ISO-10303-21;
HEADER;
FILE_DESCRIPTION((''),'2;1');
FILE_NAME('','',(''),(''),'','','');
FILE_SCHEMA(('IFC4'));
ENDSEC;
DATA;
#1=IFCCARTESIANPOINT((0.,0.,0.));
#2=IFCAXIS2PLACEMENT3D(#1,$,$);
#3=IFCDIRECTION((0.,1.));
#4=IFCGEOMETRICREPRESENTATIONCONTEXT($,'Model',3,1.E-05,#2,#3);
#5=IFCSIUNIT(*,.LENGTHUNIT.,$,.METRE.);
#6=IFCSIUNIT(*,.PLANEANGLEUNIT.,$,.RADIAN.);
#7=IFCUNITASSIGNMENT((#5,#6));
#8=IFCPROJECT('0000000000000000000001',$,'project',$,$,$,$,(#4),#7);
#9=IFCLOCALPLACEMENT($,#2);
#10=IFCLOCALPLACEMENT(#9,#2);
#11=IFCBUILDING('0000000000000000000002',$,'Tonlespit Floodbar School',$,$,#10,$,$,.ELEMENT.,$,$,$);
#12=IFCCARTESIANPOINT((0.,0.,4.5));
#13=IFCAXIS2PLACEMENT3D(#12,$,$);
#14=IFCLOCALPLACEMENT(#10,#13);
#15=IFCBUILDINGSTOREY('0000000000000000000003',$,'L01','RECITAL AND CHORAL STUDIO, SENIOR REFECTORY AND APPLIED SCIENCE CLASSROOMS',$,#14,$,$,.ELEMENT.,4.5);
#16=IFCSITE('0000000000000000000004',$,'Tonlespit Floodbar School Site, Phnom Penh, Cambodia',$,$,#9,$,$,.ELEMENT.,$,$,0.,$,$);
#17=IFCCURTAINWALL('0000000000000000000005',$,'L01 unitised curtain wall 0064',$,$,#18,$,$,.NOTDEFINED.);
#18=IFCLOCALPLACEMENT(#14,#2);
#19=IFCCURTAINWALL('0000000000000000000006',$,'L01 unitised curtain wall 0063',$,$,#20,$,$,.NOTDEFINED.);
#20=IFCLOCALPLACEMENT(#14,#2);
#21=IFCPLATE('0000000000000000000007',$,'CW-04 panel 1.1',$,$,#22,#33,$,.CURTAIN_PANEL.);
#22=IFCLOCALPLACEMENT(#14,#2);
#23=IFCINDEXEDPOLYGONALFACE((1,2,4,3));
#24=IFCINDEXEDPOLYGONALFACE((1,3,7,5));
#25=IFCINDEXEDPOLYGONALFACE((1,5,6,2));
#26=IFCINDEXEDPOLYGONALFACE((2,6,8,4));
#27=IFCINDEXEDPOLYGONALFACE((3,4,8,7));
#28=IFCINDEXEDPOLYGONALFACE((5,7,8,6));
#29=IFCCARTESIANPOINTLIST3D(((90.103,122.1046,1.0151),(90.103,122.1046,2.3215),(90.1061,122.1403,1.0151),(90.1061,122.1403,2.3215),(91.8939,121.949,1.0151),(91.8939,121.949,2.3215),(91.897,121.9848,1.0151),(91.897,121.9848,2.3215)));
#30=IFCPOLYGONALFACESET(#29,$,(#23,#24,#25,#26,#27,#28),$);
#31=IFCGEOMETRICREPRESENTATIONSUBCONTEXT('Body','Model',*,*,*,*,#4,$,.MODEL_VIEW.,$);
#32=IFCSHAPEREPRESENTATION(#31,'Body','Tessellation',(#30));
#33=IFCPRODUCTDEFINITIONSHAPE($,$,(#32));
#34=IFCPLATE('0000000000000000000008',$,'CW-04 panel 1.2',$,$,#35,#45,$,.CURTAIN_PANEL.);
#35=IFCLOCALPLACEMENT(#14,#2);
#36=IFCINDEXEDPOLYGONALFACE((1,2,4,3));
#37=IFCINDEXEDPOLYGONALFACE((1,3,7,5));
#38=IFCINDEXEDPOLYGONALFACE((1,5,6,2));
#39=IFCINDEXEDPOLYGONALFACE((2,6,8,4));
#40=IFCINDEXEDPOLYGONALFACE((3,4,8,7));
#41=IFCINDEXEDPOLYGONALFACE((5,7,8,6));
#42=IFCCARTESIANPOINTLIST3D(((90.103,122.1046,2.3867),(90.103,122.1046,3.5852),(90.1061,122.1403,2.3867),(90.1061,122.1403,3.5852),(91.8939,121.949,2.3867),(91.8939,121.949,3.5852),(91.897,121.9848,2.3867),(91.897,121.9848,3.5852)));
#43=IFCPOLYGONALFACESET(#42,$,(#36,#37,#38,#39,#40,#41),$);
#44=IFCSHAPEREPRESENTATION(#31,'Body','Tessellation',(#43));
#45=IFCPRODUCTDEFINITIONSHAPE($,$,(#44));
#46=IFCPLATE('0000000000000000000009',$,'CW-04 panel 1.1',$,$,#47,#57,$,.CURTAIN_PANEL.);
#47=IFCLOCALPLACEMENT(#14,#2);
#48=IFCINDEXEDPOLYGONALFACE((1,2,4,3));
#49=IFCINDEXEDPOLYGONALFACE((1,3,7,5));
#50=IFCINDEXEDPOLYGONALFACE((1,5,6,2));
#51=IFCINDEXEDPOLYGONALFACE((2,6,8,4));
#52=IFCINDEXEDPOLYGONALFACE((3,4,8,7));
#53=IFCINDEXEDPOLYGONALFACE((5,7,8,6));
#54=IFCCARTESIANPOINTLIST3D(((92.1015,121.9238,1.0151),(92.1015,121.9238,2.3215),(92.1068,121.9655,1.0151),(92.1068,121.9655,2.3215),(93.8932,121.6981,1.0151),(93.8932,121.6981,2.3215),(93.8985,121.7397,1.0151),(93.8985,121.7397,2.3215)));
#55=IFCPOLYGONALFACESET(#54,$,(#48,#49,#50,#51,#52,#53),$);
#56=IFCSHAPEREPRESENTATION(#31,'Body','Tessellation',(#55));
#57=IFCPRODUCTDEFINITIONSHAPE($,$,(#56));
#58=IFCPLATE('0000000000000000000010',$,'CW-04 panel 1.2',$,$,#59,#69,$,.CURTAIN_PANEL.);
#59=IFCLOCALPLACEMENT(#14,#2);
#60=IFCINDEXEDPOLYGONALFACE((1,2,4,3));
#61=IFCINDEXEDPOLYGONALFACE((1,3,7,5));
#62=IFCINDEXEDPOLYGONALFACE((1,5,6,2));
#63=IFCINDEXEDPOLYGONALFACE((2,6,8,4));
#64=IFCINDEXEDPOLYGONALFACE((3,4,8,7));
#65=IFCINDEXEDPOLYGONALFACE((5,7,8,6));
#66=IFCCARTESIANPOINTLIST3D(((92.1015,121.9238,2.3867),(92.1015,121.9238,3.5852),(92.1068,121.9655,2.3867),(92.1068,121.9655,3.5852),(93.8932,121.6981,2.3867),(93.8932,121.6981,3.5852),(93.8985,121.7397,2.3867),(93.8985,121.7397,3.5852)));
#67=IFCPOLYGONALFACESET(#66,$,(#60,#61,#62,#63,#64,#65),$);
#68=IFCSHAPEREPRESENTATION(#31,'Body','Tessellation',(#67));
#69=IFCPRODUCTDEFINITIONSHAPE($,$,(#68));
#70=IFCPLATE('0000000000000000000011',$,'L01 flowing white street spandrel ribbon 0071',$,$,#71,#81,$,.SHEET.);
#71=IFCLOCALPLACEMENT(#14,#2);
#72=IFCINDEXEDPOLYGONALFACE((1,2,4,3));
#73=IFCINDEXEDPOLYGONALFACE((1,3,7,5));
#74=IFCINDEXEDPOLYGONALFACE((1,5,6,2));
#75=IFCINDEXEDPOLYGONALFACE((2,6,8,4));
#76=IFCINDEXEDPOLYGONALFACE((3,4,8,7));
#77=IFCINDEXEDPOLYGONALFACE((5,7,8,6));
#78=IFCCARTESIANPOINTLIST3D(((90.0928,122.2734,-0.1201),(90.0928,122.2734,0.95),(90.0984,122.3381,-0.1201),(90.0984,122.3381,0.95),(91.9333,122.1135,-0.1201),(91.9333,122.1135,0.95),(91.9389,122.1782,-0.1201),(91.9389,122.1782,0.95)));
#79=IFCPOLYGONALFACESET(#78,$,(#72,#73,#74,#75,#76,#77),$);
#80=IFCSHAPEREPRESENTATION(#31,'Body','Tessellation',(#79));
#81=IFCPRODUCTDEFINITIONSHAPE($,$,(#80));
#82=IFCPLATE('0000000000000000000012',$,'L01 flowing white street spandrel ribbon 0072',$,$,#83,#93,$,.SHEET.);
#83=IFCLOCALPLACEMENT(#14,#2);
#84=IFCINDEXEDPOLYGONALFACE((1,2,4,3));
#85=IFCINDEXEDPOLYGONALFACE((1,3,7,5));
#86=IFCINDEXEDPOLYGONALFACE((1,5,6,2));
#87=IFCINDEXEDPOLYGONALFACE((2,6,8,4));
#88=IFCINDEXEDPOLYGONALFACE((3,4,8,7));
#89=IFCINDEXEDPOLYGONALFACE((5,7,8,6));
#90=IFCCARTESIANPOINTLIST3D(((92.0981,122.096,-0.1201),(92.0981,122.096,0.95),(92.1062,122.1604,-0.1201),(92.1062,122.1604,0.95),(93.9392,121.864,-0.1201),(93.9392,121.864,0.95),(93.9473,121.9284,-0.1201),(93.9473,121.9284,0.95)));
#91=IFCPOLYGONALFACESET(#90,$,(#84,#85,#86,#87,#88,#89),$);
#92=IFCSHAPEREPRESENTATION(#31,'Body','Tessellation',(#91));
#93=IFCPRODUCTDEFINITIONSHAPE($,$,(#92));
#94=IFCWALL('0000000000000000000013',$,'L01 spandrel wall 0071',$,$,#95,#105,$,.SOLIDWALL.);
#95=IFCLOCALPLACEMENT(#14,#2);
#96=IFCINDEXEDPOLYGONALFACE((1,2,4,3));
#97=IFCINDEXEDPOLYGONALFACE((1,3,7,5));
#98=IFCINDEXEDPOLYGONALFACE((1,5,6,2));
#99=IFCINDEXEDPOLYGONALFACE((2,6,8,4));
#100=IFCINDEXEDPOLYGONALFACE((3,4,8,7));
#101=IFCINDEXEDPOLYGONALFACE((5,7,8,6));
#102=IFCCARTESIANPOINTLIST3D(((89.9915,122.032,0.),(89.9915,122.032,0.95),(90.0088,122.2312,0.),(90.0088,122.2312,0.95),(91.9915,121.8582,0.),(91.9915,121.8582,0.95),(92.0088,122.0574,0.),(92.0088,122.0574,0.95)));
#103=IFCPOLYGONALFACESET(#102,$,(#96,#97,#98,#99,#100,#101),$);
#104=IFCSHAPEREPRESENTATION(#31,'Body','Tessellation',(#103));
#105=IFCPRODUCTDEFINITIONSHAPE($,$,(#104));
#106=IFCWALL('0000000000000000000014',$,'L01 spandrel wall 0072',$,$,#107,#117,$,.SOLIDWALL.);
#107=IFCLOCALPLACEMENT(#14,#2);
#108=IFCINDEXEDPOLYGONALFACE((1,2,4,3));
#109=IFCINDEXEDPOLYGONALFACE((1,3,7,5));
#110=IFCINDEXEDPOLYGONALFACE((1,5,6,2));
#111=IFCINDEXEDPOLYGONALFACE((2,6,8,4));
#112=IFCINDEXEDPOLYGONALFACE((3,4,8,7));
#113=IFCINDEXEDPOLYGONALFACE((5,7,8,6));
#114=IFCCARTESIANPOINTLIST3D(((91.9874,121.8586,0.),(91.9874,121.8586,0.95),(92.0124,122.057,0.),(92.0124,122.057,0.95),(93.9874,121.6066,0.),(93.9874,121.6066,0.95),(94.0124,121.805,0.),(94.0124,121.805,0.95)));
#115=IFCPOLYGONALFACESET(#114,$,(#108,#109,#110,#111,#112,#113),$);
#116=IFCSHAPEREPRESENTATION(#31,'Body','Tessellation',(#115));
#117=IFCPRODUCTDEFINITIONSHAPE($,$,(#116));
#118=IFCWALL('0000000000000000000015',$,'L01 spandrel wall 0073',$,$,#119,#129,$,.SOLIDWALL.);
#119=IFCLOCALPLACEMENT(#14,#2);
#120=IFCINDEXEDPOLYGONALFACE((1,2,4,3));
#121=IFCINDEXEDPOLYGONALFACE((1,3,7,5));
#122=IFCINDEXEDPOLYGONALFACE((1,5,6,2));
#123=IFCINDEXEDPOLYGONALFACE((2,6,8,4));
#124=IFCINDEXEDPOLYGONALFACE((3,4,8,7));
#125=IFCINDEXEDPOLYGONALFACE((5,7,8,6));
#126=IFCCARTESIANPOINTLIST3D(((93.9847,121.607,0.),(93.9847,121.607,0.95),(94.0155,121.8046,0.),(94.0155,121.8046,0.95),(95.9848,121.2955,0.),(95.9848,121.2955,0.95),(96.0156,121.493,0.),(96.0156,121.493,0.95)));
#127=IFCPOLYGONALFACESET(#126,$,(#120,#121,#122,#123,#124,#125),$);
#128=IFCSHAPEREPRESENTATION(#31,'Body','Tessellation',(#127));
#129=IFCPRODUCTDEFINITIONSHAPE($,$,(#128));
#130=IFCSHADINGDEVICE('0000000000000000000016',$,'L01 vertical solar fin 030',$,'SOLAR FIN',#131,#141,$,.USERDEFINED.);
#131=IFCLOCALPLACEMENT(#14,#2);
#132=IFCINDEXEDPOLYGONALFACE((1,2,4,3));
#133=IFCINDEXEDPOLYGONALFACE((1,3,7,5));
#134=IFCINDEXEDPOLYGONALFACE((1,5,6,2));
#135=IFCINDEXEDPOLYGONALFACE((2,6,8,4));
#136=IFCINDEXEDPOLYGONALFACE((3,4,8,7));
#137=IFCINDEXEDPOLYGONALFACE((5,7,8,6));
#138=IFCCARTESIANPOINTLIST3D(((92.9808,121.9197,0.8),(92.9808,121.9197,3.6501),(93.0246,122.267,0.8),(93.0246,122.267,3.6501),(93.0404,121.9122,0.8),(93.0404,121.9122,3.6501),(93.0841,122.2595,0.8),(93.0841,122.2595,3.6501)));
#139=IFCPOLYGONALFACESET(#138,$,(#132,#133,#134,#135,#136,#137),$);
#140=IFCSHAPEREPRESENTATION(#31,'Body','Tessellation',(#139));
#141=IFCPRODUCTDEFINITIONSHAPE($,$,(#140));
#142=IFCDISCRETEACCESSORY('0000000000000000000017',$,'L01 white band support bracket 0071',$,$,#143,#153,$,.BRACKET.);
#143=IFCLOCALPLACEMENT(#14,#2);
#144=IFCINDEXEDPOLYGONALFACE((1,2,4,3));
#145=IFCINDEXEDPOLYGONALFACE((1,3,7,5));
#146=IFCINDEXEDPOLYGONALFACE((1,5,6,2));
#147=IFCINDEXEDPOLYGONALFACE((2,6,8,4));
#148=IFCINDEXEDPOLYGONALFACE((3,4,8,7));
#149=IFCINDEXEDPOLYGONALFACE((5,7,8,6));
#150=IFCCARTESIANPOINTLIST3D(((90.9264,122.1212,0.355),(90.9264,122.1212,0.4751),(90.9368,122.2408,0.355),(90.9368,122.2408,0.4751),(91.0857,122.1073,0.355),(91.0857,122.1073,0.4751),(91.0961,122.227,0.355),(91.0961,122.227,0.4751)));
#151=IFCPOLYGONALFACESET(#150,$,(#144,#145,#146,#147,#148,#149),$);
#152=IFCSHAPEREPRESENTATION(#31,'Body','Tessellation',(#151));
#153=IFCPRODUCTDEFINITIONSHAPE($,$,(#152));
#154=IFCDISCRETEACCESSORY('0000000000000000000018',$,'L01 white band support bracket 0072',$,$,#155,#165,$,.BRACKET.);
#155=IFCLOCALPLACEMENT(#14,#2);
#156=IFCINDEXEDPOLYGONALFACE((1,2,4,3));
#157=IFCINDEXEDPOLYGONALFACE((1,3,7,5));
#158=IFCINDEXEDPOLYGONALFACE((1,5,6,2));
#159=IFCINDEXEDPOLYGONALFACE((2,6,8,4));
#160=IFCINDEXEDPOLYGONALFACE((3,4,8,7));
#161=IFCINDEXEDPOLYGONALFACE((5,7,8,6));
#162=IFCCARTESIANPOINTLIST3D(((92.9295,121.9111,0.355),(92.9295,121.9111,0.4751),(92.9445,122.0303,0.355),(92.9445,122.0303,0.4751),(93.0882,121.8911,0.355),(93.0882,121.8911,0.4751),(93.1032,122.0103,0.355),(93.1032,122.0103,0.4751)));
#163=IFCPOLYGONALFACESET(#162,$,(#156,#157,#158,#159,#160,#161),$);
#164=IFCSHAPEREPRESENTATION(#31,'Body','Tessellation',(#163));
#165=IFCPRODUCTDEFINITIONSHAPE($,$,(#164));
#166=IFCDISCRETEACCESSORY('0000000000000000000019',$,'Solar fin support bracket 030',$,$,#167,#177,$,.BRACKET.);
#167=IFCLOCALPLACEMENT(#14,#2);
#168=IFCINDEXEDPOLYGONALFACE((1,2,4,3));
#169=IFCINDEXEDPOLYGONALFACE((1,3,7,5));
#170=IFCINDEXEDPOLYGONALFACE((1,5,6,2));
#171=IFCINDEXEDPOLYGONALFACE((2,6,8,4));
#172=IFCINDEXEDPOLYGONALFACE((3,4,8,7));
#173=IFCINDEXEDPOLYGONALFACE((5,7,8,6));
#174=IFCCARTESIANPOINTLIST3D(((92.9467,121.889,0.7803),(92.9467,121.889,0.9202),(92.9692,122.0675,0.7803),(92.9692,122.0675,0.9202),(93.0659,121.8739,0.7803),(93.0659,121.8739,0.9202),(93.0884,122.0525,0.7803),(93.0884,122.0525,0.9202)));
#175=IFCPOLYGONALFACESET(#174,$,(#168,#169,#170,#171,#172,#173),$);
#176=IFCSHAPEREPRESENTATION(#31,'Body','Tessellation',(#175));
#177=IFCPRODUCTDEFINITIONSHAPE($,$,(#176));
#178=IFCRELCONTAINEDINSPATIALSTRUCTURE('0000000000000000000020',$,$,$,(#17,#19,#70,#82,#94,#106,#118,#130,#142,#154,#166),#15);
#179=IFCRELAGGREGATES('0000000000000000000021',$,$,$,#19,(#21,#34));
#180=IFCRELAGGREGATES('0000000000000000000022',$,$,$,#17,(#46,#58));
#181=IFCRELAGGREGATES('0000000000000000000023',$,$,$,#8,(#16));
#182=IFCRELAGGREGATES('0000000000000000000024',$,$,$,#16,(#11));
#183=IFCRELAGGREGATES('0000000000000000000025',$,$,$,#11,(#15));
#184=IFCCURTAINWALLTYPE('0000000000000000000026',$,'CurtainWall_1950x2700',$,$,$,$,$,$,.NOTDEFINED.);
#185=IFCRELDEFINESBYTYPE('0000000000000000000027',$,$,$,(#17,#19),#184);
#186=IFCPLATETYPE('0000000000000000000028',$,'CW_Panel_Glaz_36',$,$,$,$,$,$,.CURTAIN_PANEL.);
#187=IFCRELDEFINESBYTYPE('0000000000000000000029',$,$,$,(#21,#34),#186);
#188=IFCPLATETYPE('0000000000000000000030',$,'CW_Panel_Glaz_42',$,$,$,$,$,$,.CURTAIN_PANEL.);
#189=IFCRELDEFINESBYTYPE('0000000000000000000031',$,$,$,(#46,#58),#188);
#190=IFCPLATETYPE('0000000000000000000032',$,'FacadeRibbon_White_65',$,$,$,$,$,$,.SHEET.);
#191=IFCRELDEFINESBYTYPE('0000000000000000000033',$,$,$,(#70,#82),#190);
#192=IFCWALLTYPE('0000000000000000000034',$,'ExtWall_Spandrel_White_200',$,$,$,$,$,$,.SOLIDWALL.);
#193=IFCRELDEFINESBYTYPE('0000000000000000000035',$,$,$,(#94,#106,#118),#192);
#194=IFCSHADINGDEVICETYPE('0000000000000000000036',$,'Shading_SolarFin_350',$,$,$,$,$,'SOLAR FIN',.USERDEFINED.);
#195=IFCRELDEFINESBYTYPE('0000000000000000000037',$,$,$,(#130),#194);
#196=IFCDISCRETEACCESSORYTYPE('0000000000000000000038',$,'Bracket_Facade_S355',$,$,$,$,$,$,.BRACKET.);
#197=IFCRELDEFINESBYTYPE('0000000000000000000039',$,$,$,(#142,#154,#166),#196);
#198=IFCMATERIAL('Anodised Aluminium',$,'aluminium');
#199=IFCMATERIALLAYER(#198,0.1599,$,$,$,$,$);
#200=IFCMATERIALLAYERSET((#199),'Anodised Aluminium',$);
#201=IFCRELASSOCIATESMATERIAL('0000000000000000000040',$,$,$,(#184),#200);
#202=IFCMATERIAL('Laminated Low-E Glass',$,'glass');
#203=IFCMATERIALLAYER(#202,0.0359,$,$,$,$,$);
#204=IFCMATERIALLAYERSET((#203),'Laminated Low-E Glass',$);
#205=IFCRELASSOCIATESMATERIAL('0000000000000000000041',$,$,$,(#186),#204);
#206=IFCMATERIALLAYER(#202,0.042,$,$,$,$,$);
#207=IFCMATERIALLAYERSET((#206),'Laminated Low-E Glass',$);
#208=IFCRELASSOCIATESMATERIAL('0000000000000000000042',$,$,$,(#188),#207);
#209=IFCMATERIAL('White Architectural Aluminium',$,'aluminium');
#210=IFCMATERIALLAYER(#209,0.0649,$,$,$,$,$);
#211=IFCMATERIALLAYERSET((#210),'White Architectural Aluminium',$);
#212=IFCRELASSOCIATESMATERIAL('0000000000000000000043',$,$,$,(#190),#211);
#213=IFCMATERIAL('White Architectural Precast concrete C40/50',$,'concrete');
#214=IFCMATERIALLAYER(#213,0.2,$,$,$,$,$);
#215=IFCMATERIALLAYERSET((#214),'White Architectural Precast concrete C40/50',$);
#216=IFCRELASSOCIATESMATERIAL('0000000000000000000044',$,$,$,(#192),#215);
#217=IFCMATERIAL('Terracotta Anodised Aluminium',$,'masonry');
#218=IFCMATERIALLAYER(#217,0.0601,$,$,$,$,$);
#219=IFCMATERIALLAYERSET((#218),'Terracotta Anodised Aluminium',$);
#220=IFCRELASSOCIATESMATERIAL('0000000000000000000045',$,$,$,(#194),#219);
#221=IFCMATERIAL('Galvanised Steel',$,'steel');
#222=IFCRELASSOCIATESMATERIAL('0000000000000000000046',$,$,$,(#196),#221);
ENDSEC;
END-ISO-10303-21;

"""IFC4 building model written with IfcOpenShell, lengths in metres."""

from ifc_helpers import new_model, si_unit, direction, frame, frame_2d, origin, origin_2d, place, context, subcontext, project, spatial, rectangle, extrude, material, layer, layer_set, type_object, element, aggregate, save


model = new_model("IFC4")

# Units and contexts
model_context = context("Model", 3, precision=1e-05, world=origin(), true_north=direction((0.0, 1.0)))
body_context = subcontext(model_context, "Body", "Model", "MODEL_VIEW")
ifc_project = project(units=[si_unit("LENGTHUNIT", "METRE"), si_unit("PLANEANGLEUNIT", "RADIAN")], contexts=[model_context])

# Site, building, storey
site_placement = place(None, origin())
site = spatial("IfcSite", under=ifc_project, at=site_placement, Name="Tonlespit Floodbar School Site, Phnom Penh, Cambodia", CompositionType="ELEMENT", RefElevation=0.0)
building_placement = place(site_placement, origin())
building = spatial("IfcBuilding", under=site, at=building_placement, Name="Tonlespit Floodbar School", CompositionType="ELEMENT")
storey_placement = place(building_placement, frame((0.0, 0.0, 4.5)))
storey = spatial("IfcBuildingStorey", under=building, at=storey_placement, Name="L01", Description="RECITAL AND CHORAL STUDIO, SENIOR REFECTORY AND APPLIED SCIENCE CLASSROOMS", CompositionType="ELEMENT", Elevation=4.5)

# Shared definitions
ifc_material_1 = material(Name="Anodised Aluminium", Category="aluminium")

# Curtain walls
ifc_layer_1 = layer(ifc_material_1, 0.1599)
ifc_layer_set_1 = layer_set([ifc_layer_1], Name="Anodised Aluminium")
curtain_wall_type_1 = type_object("IfcCurtainWallType", Name="CurtainWall_1950x2700", PredefinedType="NOTDEFINED", material=ifc_layer_set_1)
curtain_wall_1_placement = place(storey_placement, origin())
curtain_wall_1 = element("IfcCurtainWall", 1, at=curtain_wall_1_placement, inside=storey, type_object=curtain_wall_type_1, Name="L01 unitised curtain wall 0064", PredefinedType="NOTDEFINED")
curtain_wall_2_placement = place(storey_placement, origin())
curtain_wall_2 = element("IfcCurtainWall", 2, at=curtain_wall_2_placement, inside=storey, type_object=curtain_wall_type_1, Name="L01 unitised curtain wall 0063", PredefinedType="NOTDEFINED")

# Plates
ifc_material_2 = material(Name="Laminated Low-E Glass", Category="glass")
ifc_layer_2 = layer(ifc_material_2, 0.0359)
ifc_layer_set_2 = layer_set([ifc_layer_2], Name="Laminated Low-E Glass")
plate_type_1 = type_object("IfcPlateType", Name="CW_Panel_Glaz_36", PredefinedType="CURTAIN_PANEL", material=ifc_layer_set_2)
plate_1_placement = place(storey_placement, frame((91.0, 122.0447, 1.0151), z_axis=(0.0, 0.0, 1.0), x_axis=(0.996249, -0.086531, 0.0)))
plate_1 = element("IfcPlate", 3, at=plate_1_placement, type_object=plate_type_1, Name="CW-04 panel 1.1", PredefinedType="CURTAIN_PANEL", context=body_context, shape_type="SweptSolid", body=[
    extrude(rectangle(XDim=1.7976, YDim=0.0359, at=origin_2d()), origin(), (0.0, 0.0, 1.0), 1.3064),
])
plate_2_placement = place(storey_placement, frame((91.0, 122.0447, 2.3867), z_axis=(0.0, 0.0, 1.0), x_axis=(0.996249, -0.086531, 0.0)))
plate_2 = element("IfcPlate", 4, at=plate_2_placement, type_object=plate_type_1, Name="CW-04 panel 1.2", PredefinedType="CURTAIN_PANEL", context=body_context, shape_type="SweptSolid", body=[
    extrude(rectangle(XDim=1.7976, YDim=0.0359, at=origin_2d()), origin(), (0.0, 0.0, 1.0), 1.1985),
])
aggregate(curtain_wall_2, [plate_1, plate_2])
ifc_layer_3 = layer(ifc_material_2, 0.042)
ifc_layer_set_3 = layer_set([ifc_layer_3], Name="Laminated Low-E Glass")
plate_type_2 = type_object("IfcPlateType", Name="CW_Panel_Glaz_42", PredefinedType="CURTAIN_PANEL", material=ifc_layer_set_3)
plate_3_placement = place(storey_placement, frame((93.0, 121.8318, 1.0151), z_axis=(0.0, 0.0, 1.0), x_axis=(0.992155, -0.125014, 0.0)))
plate_3 = element("IfcPlate", 5, at=plate_3_placement, type_object=plate_type_2, Name="CW-04 panel 1.1", PredefinedType="CURTAIN_PANEL", context=body_context, shape_type="SweptSolid", body=[
    extrude(rectangle(XDim=1.8059, YDim=0.042, at=origin_2d()), origin(), (0.0, 0.0, 1.0), 1.3064),
])
plate_4_placement = place(storey_placement, frame((93.0, 121.8318, 2.3867), z_axis=(0.0, 0.0, 1.0), x_axis=(0.992155, -0.125014, 0.0)))
plate_4 = element("IfcPlate", 6, at=plate_4_placement, type_object=plate_type_2, Name="CW-04 panel 1.2", PredefinedType="CURTAIN_PANEL", context=body_context, shape_type="SweptSolid", body=[
    extrude(rectangle(XDim=1.8059, YDim=0.042, at=origin_2d()), origin(), (0.0, 0.0, 1.0), 1.1985),
])
aggregate(curtain_wall_1, [plate_3, plate_4])

# Plates
ifc_material_3 = material(Name="White Architectural Aluminium", Category="aluminium")
ifc_layer_4 = layer(ifc_material_3, 0.0649)
ifc_layer_set_4 = layer_set([ifc_layer_4], Name="White Architectural Aluminium")
plate_type_3 = type_object("IfcPlateType", Name="FacadeRibbon_White_65", PredefinedType="SHEET", material=ifc_layer_set_4)
plate_5_placement = place(storey_placement, frame((91.0159, 122.2258, -0.1201), z_axis=(0.0, 0.0, 1.0), x_axis=(0.996245, -0.086573, 0.0)))
element("IfcPlate", 7, at=plate_5_placement, inside=storey, type_object=plate_type_3, Name="L01 flowing white street spandrel ribbon 0071", PredefinedType="SHEET", context=body_context, shape_type="SweptSolid", body=[
    extrude(rectangle(XDim=1.8474, YDim=0.0649, at=origin_2d()), origin(), (0.0, 0.0, 1.0), 1.0701),
])
plate_6_placement = place(storey_placement, frame((93.0227, 122.0122, -0.1201), z_axis=(0.0, 0.0, 1.0), x_axis=(0.992155, -0.125011, 0.0)))
element("IfcPlate", 8, at=plate_6_placement, inside=storey, type_object=plate_type_3, Name="L01 flowing white street spandrel ribbon 0072", PredefinedType="SHEET", context=body_context, shape_type="SweptSolid", body=[
    extrude(rectangle(XDim=1.8557, YDim=0.0649, at=origin_2d()), origin(), (0.0, 0.0, 1.0), 1.0701),
])

# Walls
ifc_material_4 = material(Name="White Architectural Precast concrete C40/50", Category="concrete")
ifc_layer_5 = layer(ifc_material_4, 0.2)
ifc_layer_set_5 = layer_set([ifc_layer_5], Name="White Architectural Precast concrete C40/50")
wall_type = type_object("IfcWallType", Name="ExtWall_Spandrel_White_200", PredefinedType="SOLIDWALL", material=ifc_layer_set_5)
wall_1_placement = place(storey_placement, frame((90.0, 122.1316, 0.0), z_axis=(0.0, 0.0, 1.0), x_axis=(0.996244, -0.086588, 0.0)))
element("IfcWall", 9, at=wall_1_placement, inside=storey, type_object=wall_type, Name="L01 spandrel wall 0071", PredefinedType="SOLIDWALL", context=body_context, shape_type="SweptSolid", body=[
    extrude(rectangle(XDim=2.0076, YDim=0.2, at=frame_2d((1.0039, 0.0))), origin(), (0.0, 0.0, 1.0), 0.95),
])
wall_2_placement = place(storey_placement, frame((92.0, 121.9578, 0.0), z_axis=(0.0, 0.0, 1.0), x_axis=(0.992158, -0.124989, 0.0)))
element("IfcWall", 10, at=wall_2_placement, inside=storey, type_object=wall_type, Name="L01 spandrel wall 0072", PredefinedType="SOLIDWALL", context=body_context, shape_type="SweptSolid", body=[
    extrude(rectangle(XDim=2.0159, YDim=0.2, at=frame_2d((1.0078, 0.0))), origin(), (0.0, 0.0, 1.0), 0.95),
])
wall_3_placement = place(storey_placement, frame((94.0, 121.7058, 0.0), z_axis=(0.0, 0.0, 1.0), x_axis=(0.988086, -0.153906, 0.0)))
element("IfcWall", 11, at=wall_3_placement, inside=storey, type_object=wall_type, Name="L01 spandrel wall 0073", PredefinedType="SOLIDWALL", context=body_context, shape_type="SweptSolid", body=[
    extrude(rectangle(XDim=2.0242, YDim=0.2, at=frame_2d((1.0122, 0.0))), origin(), (0.0, 0.0, 1.0), 0.95),
])

# Shading device
ifc_material_5 = material(Name="Terracotta Anodised Aluminium", Category="masonry")
ifc_layer_6 = layer(ifc_material_5, 0.0601)
ifc_layer_set_6 = layer_set([ifc_layer_6], Name="Terracotta Anodised Aluminium")
shading_device_type = type_object("IfcShadingDeviceType", Name="Shading_SolarFin_350", ElementType="SOLAR FIN", PredefinedType="USERDEFINED", material=ifc_layer_set_6)
shading_device_placement = place(storey_placement, frame((93.0325, 122.0896, 0.8), z_axis=(0.0, 0.0, 1.0), x_axis=(0.992155, -0.125011, 0.0)))
element("IfcShadingDevice", 12, at=shading_device_placement, inside=storey, type_object=shading_device_type, Name="L01 vertical solar fin 030", ObjectType="SOLAR FIN", PredefinedType="USERDEFINED", context=body_context, shape_type="SweptSolid", body=[
    extrude(rectangle(XDim=0.0601, YDim=0.3501, at=origin_2d()), origin(), (0.0, 0.0, 1.0), 2.8501),
])

# Discrete accessories
ifc_material_6 = material(Name="Galvanised Steel", Category="steel")
discrete_accessory_type = type_object("IfcDiscreteAccessoryType", Name="Bracket_Facade_S355", PredefinedType="BRACKET", material=ifc_material_6)
for number, where, z_axis, x_axis, name in (
    (13, (91.0112, 122.1741, 0.355), (0.0, 0.0, 1.0), (0.996245, -0.086573, 0.0), "L01 white band support bracket 0071"),
    (14, (93.0164, 121.9607, 0.355), (0.0, 0.0, 1.0), (0.992155, -0.125011, 0.0), "L01 white band support bracket 0072"),
):
    element("IfcDiscreteAccessory", number, at=place(storey_placement, frame(where, z_axis=z_axis, x_axis=x_axis)), inside=storey, type_object=discrete_accessory_type, Name=name, PredefinedType="BRACKET", context=body_context, shape_type="SweptSolid", body=[
        extrude(rectangle(XDim=0.1599, YDim=0.1201, at=origin_2d()), origin(), (0.0, 0.0, 1.0), 0.1201),
    ])
discrete_accessory_placement = place(storey_placement, frame((93.0176, 121.9707, 0.7803), z_axis=(0.0, 0.0, 1.0), x_axis=(0.992155, -0.125011, 0.0)))
element("IfcDiscreteAccessory", 15, at=discrete_accessory_placement, inside=storey, type_object=discrete_accessory_type, Name="Solar fin support bracket 030", PredefinedType="BRACKET", context=body_context, shape_type="SweptSolid", body=[
    extrude(rectangle(XDim=0.1201, YDim=0.1799, at=origin_2d()), origin(), (0.0, 0.0, 1.0), 0.1399),
])

save(model, "model.ifc")
